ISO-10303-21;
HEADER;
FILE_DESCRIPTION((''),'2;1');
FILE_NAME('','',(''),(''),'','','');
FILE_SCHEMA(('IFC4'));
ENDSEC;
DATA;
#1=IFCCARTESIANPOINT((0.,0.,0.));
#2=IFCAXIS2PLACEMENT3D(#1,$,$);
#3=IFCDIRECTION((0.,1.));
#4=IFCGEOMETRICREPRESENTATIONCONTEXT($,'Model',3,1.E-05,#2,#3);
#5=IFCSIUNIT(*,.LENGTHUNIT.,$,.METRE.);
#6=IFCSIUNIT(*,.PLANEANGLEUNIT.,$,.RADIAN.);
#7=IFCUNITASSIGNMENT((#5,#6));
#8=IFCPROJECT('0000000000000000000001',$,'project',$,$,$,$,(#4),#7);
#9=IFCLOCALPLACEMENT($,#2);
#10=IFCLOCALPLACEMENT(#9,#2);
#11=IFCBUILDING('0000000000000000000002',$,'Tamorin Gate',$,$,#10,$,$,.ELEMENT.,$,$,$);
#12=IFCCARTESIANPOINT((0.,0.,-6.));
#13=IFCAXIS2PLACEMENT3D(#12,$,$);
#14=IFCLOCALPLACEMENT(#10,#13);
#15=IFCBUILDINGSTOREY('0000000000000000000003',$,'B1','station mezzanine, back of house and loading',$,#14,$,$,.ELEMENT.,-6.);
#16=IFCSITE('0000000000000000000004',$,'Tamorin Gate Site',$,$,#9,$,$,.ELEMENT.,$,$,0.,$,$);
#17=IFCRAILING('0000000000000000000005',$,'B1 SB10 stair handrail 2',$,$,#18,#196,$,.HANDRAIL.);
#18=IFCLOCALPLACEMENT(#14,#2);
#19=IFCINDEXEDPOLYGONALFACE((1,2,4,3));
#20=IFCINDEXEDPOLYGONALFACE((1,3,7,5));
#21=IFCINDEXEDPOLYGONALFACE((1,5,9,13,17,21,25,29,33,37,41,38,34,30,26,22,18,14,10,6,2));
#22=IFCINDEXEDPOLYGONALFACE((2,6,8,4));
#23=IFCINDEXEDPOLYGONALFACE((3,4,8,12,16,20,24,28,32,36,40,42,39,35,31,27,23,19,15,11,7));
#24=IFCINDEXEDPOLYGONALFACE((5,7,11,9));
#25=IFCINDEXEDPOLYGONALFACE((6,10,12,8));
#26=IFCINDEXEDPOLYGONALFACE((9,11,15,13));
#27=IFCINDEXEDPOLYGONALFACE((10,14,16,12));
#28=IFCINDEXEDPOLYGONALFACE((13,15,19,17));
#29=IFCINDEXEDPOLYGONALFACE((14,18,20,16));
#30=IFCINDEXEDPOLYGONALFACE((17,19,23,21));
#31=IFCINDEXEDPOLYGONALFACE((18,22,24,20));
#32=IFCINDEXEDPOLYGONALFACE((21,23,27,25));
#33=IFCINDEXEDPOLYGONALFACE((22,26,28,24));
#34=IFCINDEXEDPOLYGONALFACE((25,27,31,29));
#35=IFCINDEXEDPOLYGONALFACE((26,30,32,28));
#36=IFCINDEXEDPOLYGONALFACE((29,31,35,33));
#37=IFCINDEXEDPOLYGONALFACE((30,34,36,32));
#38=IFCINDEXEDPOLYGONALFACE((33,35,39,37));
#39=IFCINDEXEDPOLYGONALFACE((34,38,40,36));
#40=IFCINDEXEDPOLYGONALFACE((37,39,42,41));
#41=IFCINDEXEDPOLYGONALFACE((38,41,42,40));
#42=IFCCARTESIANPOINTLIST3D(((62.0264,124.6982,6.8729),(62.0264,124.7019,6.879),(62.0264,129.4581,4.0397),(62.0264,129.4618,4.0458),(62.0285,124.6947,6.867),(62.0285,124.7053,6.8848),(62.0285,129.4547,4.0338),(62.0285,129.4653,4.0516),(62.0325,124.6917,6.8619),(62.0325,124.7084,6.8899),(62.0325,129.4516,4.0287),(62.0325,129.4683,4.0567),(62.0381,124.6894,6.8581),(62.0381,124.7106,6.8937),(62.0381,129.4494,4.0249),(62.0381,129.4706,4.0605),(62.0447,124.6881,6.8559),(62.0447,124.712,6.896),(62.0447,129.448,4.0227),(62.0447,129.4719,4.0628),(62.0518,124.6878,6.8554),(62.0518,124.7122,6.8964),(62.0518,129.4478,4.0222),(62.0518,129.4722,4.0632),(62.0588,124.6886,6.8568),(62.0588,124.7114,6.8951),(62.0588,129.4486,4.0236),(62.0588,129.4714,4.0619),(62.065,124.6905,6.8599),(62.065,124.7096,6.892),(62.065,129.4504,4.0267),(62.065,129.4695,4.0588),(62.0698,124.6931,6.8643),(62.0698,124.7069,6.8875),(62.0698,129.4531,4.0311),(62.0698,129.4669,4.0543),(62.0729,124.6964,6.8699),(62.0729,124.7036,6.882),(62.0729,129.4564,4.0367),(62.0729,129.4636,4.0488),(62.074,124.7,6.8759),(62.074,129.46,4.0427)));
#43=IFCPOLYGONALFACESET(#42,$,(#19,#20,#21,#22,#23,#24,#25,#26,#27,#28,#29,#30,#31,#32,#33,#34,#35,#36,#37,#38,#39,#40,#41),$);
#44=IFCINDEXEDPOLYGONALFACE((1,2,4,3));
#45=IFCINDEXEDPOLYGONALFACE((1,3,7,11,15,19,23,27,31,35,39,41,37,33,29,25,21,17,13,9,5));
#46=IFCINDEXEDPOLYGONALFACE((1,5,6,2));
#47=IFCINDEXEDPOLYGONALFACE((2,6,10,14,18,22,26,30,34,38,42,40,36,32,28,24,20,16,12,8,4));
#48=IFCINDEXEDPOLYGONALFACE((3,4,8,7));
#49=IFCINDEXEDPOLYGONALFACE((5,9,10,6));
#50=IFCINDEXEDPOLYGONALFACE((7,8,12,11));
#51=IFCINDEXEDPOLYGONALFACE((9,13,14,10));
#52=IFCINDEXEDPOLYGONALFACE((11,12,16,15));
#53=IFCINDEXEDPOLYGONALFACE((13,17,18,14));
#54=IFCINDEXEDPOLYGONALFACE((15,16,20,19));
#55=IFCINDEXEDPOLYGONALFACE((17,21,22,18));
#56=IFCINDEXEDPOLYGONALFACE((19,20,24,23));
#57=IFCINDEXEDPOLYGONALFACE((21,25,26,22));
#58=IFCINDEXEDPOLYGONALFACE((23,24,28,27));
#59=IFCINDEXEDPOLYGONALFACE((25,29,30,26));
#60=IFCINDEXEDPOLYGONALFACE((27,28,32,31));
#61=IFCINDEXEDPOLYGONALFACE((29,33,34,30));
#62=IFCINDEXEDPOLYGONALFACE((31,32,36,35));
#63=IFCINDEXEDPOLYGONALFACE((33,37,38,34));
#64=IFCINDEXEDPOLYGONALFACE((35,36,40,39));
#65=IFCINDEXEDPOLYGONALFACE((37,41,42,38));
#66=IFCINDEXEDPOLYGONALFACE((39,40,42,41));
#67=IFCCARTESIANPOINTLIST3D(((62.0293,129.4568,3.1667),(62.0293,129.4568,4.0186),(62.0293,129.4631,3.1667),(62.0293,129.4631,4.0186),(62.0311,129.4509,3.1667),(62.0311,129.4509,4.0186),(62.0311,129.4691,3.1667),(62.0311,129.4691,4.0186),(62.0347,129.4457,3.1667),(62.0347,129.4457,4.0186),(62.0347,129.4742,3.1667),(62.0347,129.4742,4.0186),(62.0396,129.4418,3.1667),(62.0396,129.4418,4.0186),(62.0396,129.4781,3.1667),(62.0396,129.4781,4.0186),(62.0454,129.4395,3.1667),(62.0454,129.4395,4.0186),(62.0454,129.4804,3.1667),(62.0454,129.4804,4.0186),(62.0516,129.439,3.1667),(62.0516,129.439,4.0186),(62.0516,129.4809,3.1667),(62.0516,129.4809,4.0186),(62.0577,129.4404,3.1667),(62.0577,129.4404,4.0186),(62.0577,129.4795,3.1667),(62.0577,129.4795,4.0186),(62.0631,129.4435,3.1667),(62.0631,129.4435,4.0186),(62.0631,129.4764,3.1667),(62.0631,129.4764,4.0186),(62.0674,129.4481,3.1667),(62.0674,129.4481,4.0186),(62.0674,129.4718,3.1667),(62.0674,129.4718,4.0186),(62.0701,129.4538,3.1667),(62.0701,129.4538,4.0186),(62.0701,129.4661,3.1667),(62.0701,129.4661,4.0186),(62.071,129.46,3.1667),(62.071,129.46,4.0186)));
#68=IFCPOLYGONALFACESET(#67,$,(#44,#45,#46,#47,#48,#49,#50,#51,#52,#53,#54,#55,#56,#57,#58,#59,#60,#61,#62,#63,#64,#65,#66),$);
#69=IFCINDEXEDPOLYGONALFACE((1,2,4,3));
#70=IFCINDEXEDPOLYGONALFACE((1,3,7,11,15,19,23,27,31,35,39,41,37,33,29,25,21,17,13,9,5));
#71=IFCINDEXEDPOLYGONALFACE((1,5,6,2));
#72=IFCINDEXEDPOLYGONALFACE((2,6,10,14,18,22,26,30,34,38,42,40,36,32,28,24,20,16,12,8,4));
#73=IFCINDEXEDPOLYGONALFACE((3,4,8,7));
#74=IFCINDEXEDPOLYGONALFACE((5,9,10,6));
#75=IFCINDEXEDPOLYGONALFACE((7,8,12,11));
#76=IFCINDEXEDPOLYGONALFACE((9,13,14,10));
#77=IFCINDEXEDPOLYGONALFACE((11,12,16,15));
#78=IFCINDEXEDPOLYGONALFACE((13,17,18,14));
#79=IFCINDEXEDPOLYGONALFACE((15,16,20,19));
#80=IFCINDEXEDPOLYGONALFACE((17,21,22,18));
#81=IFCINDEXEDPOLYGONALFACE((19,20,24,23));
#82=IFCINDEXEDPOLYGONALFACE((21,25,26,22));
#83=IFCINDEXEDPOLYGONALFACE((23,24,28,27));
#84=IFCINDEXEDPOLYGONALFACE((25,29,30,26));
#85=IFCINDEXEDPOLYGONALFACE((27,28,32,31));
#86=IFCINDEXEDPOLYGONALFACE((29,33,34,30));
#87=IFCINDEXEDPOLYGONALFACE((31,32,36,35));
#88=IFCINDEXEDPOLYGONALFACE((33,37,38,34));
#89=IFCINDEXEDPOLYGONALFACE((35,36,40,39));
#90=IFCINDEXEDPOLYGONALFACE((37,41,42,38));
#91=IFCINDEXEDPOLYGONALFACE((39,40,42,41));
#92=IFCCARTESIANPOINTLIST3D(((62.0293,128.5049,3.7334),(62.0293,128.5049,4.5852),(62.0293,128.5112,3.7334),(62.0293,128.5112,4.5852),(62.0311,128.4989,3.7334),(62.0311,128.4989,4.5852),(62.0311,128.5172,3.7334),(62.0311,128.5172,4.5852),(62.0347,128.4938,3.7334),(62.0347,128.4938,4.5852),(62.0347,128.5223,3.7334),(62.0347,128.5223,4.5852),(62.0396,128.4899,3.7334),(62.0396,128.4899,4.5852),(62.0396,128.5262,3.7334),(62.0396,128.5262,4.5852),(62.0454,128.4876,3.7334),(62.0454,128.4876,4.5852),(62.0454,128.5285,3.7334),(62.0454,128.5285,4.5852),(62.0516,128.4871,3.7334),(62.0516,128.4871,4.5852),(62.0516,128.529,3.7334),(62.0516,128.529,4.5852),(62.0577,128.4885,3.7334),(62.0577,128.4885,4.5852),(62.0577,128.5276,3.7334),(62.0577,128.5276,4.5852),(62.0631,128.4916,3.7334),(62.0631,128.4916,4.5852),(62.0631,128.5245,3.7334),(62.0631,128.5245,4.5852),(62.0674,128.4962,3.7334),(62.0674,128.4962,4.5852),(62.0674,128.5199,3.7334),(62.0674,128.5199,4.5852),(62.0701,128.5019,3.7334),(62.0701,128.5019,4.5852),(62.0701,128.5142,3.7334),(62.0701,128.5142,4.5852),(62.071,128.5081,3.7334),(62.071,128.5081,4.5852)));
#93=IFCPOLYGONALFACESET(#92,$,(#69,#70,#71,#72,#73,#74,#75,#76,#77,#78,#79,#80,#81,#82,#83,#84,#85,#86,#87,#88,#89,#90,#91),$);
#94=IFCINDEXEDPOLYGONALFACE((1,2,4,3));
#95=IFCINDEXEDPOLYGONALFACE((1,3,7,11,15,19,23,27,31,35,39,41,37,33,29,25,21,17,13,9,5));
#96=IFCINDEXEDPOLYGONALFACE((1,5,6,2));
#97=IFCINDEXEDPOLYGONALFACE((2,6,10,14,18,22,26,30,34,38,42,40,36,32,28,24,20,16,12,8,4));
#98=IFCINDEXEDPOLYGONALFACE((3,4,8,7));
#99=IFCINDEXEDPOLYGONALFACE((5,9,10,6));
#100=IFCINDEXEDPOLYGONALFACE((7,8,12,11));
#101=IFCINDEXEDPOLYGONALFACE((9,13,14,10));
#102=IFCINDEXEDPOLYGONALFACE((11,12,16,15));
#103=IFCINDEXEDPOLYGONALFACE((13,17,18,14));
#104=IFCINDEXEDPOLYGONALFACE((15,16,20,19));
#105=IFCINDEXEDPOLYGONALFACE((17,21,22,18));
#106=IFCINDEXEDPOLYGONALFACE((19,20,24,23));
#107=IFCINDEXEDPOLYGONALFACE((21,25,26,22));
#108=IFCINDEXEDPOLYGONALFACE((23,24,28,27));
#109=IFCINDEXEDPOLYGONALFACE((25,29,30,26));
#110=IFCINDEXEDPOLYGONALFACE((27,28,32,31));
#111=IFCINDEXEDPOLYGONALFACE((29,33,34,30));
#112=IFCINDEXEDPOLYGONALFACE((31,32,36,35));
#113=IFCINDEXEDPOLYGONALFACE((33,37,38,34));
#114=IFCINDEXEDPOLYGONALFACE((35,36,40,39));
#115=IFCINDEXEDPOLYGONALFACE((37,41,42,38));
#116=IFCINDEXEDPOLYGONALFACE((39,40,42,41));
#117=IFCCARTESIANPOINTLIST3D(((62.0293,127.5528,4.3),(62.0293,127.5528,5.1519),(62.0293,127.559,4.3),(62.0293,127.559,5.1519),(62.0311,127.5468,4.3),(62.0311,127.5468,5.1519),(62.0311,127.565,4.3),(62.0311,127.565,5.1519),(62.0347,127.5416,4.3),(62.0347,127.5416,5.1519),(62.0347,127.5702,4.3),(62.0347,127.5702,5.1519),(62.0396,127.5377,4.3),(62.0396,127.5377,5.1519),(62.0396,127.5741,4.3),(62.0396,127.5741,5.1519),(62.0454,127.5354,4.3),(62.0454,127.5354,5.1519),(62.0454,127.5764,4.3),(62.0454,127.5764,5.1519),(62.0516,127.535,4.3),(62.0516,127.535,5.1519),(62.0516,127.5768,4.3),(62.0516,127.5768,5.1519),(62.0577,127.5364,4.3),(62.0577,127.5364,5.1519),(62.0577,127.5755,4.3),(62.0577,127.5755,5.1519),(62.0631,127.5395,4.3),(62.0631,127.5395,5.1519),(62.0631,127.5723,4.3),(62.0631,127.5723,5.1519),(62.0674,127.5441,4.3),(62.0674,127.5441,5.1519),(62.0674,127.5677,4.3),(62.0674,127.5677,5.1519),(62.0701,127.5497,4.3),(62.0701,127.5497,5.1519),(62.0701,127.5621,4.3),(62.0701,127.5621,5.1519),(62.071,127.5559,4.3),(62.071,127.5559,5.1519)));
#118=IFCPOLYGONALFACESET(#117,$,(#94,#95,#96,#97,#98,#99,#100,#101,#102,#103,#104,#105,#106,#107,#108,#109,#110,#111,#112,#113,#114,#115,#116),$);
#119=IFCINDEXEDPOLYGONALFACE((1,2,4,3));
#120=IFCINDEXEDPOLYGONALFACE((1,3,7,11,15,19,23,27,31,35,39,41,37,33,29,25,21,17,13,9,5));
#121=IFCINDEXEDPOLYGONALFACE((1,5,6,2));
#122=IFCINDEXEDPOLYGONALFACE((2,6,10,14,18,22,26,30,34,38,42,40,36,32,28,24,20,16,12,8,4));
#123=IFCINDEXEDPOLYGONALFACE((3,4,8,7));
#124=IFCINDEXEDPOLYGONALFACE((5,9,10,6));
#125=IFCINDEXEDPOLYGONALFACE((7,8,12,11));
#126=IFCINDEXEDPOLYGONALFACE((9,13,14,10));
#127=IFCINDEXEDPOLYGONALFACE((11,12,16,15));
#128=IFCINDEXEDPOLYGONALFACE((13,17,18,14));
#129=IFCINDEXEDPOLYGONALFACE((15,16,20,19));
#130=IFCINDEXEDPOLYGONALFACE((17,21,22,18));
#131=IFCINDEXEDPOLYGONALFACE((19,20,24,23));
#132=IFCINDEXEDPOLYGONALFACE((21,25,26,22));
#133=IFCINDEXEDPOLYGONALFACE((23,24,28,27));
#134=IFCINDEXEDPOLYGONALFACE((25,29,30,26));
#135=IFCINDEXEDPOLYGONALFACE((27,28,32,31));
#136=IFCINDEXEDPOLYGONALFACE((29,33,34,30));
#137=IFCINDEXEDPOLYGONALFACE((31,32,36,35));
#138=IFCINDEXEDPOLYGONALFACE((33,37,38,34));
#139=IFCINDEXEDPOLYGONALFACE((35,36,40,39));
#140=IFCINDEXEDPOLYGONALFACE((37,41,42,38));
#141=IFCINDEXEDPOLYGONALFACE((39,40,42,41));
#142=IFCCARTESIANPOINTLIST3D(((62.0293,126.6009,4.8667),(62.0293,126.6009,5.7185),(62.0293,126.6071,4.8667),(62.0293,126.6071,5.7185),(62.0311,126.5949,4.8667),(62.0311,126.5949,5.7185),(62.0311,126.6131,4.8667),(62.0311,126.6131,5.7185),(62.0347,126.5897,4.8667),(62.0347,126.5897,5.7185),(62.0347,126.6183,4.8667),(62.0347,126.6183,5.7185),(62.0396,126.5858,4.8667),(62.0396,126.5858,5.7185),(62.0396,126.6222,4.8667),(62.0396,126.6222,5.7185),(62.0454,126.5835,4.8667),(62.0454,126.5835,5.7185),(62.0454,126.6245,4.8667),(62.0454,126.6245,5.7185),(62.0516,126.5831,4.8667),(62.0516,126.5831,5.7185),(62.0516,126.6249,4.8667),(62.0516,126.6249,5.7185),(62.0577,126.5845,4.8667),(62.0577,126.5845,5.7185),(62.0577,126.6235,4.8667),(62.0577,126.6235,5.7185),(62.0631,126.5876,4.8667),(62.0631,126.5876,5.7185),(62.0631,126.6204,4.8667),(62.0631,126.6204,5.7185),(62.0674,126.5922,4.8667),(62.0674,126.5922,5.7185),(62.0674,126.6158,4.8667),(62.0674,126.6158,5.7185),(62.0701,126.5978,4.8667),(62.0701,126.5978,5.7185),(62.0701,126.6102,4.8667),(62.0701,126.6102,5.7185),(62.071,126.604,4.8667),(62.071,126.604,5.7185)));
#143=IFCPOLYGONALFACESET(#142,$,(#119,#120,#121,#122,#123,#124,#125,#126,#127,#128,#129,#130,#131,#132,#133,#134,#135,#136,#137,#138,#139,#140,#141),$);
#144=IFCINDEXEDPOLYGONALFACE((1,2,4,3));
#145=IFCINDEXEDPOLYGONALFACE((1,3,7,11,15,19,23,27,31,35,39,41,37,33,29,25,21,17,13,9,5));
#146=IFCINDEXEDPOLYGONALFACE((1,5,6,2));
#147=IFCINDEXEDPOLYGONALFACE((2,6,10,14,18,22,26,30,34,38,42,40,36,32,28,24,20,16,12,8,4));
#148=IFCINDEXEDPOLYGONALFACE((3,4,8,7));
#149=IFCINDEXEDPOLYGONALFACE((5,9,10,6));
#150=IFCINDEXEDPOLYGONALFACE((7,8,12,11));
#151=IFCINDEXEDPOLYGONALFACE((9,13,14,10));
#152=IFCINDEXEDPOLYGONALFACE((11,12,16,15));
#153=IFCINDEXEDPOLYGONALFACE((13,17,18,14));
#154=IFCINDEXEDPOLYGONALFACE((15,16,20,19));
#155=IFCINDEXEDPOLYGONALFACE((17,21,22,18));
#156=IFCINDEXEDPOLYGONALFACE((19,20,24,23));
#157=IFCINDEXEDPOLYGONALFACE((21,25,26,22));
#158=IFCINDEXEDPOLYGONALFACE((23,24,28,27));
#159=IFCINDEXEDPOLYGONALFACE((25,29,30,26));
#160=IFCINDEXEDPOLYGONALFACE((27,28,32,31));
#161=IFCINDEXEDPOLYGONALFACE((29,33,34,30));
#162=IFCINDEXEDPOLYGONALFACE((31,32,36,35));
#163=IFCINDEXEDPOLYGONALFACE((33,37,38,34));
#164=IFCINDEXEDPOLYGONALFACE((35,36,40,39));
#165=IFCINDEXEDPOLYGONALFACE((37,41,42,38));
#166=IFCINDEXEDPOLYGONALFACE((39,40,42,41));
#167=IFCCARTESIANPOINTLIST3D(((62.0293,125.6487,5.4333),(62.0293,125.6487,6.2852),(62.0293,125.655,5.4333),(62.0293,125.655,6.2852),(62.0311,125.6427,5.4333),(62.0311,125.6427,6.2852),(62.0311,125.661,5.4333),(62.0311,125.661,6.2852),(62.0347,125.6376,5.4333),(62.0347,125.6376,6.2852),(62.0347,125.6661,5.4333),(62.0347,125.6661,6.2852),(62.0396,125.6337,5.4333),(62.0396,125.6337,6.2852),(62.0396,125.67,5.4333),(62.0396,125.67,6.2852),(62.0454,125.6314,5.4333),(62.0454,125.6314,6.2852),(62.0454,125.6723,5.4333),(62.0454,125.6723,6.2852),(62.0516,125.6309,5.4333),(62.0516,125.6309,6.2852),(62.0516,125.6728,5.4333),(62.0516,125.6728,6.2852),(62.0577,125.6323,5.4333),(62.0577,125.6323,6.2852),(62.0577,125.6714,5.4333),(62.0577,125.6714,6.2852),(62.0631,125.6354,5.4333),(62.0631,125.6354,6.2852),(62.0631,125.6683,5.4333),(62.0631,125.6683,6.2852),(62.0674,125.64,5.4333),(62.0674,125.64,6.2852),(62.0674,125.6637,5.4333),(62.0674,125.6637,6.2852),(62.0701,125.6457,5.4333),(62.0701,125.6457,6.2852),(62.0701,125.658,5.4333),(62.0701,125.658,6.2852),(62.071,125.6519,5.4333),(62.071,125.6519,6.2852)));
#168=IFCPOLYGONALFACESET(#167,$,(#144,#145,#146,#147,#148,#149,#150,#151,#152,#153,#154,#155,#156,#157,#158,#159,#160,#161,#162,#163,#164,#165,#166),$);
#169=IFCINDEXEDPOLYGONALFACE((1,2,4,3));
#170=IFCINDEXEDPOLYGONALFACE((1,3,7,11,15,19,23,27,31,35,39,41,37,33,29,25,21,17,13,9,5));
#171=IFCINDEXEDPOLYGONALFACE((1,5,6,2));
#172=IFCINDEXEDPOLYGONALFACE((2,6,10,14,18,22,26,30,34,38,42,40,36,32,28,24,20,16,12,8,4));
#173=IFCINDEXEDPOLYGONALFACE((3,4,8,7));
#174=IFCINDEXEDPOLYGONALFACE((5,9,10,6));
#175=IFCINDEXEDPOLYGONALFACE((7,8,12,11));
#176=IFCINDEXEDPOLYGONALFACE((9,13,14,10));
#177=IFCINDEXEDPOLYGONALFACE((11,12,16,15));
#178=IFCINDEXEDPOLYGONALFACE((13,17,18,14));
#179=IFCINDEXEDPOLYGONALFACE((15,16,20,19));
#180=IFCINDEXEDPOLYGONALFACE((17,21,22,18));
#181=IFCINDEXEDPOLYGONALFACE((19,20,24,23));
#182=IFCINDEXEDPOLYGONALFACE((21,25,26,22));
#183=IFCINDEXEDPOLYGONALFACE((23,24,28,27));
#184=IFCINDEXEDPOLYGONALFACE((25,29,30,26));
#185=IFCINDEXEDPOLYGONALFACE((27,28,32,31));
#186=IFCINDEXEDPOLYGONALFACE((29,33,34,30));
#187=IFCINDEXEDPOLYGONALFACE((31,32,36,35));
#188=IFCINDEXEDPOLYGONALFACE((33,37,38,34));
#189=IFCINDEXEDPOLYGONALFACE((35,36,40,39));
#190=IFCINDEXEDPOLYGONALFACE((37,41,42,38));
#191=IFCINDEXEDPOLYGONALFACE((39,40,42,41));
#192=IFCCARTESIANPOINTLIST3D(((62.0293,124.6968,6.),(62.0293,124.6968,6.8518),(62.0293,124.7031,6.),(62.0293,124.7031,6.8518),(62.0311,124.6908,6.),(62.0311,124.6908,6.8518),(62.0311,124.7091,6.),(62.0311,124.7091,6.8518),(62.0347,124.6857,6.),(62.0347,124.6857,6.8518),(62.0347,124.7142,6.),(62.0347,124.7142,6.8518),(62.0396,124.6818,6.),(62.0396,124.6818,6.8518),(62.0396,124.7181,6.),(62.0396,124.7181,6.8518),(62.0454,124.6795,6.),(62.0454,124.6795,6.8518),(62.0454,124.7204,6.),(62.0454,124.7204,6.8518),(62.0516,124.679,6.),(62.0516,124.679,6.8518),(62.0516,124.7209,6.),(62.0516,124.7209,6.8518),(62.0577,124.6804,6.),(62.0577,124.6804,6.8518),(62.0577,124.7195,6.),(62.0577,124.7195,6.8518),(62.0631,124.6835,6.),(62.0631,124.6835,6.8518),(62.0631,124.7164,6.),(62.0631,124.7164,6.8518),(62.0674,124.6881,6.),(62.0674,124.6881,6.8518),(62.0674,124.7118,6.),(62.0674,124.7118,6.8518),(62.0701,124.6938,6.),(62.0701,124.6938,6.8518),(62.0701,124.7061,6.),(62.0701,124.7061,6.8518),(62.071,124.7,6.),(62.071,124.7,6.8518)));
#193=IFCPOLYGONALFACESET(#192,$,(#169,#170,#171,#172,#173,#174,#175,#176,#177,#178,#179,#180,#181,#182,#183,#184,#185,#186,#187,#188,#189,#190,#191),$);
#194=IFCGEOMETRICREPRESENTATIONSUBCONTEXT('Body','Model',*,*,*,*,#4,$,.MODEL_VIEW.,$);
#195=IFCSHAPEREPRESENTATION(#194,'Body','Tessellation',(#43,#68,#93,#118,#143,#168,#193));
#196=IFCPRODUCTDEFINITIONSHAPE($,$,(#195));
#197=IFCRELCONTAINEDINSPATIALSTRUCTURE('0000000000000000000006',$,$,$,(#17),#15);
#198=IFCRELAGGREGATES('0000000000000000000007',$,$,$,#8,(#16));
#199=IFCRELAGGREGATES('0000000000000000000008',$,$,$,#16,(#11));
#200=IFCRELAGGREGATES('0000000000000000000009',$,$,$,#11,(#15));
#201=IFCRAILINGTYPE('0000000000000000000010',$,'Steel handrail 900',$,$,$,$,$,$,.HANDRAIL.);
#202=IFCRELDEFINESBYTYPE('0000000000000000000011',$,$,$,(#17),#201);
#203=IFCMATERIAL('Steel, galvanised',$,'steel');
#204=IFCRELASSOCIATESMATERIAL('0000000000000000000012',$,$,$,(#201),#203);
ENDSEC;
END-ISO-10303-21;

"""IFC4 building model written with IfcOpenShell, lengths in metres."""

from ifc_helpers import new_model, si_unit, direction, frame, origin, origin_2d, place, context, subcontext, project, spatial, circle, extrude, material, type_object, element, save


model = new_model("IFC4")

# Units and contexts
model_context = context("Model", 3, precision=1e-05, world=origin(), true_north=direction((0.0, 1.0)))
body_context = subcontext(model_context, "Body", "Model", "MODEL_VIEW")
ifc_project = project(units=[si_unit("LENGTHUNIT", "METRE"), si_unit("PLANEANGLEUNIT", "RADIAN")], contexts=[model_context])

# Site, building, storey
site_placement = place(None, origin())
site = spatial("IfcSite", under=ifc_project, at=site_placement, Name="Tamorin Gate Site", CompositionType="ELEMENT", RefElevation=0.0)
building_placement = place(site_placement, origin())
building = spatial("IfcBuilding", under=site, at=building_placement, Name="Tamorin Gate", CompositionType="ELEMENT")
storey_placement = place(building_placement, frame((0.0, 0.0, -6.0)))
storey = spatial("IfcBuildingStorey", under=building, at=storey_placement, Name="B1", Description="station mezzanine, back of house and loading", CompositionType="ELEMENT", Elevation=-6.0)

# Railing
ifc_material_1 = material(Name="Steel, galvanised", Category="steel")
railing_type_1 = type_object("IfcRailingType", Name="Steel handrail 900", PredefinedType="HANDRAIL", material=ifc_material_1)
railing_1_placement = place(storey_placement, frame((62.05, 129.46, 3.1667)))
element("IfcRailing", 1, at=railing_1_placement, inside=storey, type_object=railing_type_1, Name="B1 SB10 stair handrail 2", PredefinedType="HANDRAIL", context=body_context, shape_type="SweptSolid", body=[
    extrude(circle(Radius=0.0239, at=origin_2d()), frame((0.0, 0.0, 0.876), z_axis=(0.0, -0.8593, 0.511472), x_axis=(1.0, 0.0, 0.0)), (0.0, 0.0, 1.0), 5.5393),
    extrude(circle(Radius=0.021, at=origin_2d()), origin(), (0.0, 0.0, 1.0), 0.8518),
    extrude(circle(Radius=0.021, at=origin_2d()), frame((0.0, -0.9519, 0.5667)), (0.0, 0.0, 1.0), 0.8518),
    extrude(circle(Radius=0.021, at=origin_2d()), frame((0.0, -1.9041, 1.1333)), (0.0, 0.0, 1.0), 0.8518),
    extrude(circle(Radius=0.021, at=origin_2d()), frame((0.0, -2.856, 1.7)), (0.0, 0.0, 1.0), 0.8518),
    extrude(circle(Radius=0.021, at=origin_2d()), frame((0.0, -3.8081, 2.2666)), (0.0, 0.0, 1.0), 0.8518),
    extrude(circle(Radius=0.021, at=origin_2d()), frame((0.0, -4.76, 2.8333)), (0.0, 0.0, 1.0), 0.8518),
])

save(model, "model.ifc")
